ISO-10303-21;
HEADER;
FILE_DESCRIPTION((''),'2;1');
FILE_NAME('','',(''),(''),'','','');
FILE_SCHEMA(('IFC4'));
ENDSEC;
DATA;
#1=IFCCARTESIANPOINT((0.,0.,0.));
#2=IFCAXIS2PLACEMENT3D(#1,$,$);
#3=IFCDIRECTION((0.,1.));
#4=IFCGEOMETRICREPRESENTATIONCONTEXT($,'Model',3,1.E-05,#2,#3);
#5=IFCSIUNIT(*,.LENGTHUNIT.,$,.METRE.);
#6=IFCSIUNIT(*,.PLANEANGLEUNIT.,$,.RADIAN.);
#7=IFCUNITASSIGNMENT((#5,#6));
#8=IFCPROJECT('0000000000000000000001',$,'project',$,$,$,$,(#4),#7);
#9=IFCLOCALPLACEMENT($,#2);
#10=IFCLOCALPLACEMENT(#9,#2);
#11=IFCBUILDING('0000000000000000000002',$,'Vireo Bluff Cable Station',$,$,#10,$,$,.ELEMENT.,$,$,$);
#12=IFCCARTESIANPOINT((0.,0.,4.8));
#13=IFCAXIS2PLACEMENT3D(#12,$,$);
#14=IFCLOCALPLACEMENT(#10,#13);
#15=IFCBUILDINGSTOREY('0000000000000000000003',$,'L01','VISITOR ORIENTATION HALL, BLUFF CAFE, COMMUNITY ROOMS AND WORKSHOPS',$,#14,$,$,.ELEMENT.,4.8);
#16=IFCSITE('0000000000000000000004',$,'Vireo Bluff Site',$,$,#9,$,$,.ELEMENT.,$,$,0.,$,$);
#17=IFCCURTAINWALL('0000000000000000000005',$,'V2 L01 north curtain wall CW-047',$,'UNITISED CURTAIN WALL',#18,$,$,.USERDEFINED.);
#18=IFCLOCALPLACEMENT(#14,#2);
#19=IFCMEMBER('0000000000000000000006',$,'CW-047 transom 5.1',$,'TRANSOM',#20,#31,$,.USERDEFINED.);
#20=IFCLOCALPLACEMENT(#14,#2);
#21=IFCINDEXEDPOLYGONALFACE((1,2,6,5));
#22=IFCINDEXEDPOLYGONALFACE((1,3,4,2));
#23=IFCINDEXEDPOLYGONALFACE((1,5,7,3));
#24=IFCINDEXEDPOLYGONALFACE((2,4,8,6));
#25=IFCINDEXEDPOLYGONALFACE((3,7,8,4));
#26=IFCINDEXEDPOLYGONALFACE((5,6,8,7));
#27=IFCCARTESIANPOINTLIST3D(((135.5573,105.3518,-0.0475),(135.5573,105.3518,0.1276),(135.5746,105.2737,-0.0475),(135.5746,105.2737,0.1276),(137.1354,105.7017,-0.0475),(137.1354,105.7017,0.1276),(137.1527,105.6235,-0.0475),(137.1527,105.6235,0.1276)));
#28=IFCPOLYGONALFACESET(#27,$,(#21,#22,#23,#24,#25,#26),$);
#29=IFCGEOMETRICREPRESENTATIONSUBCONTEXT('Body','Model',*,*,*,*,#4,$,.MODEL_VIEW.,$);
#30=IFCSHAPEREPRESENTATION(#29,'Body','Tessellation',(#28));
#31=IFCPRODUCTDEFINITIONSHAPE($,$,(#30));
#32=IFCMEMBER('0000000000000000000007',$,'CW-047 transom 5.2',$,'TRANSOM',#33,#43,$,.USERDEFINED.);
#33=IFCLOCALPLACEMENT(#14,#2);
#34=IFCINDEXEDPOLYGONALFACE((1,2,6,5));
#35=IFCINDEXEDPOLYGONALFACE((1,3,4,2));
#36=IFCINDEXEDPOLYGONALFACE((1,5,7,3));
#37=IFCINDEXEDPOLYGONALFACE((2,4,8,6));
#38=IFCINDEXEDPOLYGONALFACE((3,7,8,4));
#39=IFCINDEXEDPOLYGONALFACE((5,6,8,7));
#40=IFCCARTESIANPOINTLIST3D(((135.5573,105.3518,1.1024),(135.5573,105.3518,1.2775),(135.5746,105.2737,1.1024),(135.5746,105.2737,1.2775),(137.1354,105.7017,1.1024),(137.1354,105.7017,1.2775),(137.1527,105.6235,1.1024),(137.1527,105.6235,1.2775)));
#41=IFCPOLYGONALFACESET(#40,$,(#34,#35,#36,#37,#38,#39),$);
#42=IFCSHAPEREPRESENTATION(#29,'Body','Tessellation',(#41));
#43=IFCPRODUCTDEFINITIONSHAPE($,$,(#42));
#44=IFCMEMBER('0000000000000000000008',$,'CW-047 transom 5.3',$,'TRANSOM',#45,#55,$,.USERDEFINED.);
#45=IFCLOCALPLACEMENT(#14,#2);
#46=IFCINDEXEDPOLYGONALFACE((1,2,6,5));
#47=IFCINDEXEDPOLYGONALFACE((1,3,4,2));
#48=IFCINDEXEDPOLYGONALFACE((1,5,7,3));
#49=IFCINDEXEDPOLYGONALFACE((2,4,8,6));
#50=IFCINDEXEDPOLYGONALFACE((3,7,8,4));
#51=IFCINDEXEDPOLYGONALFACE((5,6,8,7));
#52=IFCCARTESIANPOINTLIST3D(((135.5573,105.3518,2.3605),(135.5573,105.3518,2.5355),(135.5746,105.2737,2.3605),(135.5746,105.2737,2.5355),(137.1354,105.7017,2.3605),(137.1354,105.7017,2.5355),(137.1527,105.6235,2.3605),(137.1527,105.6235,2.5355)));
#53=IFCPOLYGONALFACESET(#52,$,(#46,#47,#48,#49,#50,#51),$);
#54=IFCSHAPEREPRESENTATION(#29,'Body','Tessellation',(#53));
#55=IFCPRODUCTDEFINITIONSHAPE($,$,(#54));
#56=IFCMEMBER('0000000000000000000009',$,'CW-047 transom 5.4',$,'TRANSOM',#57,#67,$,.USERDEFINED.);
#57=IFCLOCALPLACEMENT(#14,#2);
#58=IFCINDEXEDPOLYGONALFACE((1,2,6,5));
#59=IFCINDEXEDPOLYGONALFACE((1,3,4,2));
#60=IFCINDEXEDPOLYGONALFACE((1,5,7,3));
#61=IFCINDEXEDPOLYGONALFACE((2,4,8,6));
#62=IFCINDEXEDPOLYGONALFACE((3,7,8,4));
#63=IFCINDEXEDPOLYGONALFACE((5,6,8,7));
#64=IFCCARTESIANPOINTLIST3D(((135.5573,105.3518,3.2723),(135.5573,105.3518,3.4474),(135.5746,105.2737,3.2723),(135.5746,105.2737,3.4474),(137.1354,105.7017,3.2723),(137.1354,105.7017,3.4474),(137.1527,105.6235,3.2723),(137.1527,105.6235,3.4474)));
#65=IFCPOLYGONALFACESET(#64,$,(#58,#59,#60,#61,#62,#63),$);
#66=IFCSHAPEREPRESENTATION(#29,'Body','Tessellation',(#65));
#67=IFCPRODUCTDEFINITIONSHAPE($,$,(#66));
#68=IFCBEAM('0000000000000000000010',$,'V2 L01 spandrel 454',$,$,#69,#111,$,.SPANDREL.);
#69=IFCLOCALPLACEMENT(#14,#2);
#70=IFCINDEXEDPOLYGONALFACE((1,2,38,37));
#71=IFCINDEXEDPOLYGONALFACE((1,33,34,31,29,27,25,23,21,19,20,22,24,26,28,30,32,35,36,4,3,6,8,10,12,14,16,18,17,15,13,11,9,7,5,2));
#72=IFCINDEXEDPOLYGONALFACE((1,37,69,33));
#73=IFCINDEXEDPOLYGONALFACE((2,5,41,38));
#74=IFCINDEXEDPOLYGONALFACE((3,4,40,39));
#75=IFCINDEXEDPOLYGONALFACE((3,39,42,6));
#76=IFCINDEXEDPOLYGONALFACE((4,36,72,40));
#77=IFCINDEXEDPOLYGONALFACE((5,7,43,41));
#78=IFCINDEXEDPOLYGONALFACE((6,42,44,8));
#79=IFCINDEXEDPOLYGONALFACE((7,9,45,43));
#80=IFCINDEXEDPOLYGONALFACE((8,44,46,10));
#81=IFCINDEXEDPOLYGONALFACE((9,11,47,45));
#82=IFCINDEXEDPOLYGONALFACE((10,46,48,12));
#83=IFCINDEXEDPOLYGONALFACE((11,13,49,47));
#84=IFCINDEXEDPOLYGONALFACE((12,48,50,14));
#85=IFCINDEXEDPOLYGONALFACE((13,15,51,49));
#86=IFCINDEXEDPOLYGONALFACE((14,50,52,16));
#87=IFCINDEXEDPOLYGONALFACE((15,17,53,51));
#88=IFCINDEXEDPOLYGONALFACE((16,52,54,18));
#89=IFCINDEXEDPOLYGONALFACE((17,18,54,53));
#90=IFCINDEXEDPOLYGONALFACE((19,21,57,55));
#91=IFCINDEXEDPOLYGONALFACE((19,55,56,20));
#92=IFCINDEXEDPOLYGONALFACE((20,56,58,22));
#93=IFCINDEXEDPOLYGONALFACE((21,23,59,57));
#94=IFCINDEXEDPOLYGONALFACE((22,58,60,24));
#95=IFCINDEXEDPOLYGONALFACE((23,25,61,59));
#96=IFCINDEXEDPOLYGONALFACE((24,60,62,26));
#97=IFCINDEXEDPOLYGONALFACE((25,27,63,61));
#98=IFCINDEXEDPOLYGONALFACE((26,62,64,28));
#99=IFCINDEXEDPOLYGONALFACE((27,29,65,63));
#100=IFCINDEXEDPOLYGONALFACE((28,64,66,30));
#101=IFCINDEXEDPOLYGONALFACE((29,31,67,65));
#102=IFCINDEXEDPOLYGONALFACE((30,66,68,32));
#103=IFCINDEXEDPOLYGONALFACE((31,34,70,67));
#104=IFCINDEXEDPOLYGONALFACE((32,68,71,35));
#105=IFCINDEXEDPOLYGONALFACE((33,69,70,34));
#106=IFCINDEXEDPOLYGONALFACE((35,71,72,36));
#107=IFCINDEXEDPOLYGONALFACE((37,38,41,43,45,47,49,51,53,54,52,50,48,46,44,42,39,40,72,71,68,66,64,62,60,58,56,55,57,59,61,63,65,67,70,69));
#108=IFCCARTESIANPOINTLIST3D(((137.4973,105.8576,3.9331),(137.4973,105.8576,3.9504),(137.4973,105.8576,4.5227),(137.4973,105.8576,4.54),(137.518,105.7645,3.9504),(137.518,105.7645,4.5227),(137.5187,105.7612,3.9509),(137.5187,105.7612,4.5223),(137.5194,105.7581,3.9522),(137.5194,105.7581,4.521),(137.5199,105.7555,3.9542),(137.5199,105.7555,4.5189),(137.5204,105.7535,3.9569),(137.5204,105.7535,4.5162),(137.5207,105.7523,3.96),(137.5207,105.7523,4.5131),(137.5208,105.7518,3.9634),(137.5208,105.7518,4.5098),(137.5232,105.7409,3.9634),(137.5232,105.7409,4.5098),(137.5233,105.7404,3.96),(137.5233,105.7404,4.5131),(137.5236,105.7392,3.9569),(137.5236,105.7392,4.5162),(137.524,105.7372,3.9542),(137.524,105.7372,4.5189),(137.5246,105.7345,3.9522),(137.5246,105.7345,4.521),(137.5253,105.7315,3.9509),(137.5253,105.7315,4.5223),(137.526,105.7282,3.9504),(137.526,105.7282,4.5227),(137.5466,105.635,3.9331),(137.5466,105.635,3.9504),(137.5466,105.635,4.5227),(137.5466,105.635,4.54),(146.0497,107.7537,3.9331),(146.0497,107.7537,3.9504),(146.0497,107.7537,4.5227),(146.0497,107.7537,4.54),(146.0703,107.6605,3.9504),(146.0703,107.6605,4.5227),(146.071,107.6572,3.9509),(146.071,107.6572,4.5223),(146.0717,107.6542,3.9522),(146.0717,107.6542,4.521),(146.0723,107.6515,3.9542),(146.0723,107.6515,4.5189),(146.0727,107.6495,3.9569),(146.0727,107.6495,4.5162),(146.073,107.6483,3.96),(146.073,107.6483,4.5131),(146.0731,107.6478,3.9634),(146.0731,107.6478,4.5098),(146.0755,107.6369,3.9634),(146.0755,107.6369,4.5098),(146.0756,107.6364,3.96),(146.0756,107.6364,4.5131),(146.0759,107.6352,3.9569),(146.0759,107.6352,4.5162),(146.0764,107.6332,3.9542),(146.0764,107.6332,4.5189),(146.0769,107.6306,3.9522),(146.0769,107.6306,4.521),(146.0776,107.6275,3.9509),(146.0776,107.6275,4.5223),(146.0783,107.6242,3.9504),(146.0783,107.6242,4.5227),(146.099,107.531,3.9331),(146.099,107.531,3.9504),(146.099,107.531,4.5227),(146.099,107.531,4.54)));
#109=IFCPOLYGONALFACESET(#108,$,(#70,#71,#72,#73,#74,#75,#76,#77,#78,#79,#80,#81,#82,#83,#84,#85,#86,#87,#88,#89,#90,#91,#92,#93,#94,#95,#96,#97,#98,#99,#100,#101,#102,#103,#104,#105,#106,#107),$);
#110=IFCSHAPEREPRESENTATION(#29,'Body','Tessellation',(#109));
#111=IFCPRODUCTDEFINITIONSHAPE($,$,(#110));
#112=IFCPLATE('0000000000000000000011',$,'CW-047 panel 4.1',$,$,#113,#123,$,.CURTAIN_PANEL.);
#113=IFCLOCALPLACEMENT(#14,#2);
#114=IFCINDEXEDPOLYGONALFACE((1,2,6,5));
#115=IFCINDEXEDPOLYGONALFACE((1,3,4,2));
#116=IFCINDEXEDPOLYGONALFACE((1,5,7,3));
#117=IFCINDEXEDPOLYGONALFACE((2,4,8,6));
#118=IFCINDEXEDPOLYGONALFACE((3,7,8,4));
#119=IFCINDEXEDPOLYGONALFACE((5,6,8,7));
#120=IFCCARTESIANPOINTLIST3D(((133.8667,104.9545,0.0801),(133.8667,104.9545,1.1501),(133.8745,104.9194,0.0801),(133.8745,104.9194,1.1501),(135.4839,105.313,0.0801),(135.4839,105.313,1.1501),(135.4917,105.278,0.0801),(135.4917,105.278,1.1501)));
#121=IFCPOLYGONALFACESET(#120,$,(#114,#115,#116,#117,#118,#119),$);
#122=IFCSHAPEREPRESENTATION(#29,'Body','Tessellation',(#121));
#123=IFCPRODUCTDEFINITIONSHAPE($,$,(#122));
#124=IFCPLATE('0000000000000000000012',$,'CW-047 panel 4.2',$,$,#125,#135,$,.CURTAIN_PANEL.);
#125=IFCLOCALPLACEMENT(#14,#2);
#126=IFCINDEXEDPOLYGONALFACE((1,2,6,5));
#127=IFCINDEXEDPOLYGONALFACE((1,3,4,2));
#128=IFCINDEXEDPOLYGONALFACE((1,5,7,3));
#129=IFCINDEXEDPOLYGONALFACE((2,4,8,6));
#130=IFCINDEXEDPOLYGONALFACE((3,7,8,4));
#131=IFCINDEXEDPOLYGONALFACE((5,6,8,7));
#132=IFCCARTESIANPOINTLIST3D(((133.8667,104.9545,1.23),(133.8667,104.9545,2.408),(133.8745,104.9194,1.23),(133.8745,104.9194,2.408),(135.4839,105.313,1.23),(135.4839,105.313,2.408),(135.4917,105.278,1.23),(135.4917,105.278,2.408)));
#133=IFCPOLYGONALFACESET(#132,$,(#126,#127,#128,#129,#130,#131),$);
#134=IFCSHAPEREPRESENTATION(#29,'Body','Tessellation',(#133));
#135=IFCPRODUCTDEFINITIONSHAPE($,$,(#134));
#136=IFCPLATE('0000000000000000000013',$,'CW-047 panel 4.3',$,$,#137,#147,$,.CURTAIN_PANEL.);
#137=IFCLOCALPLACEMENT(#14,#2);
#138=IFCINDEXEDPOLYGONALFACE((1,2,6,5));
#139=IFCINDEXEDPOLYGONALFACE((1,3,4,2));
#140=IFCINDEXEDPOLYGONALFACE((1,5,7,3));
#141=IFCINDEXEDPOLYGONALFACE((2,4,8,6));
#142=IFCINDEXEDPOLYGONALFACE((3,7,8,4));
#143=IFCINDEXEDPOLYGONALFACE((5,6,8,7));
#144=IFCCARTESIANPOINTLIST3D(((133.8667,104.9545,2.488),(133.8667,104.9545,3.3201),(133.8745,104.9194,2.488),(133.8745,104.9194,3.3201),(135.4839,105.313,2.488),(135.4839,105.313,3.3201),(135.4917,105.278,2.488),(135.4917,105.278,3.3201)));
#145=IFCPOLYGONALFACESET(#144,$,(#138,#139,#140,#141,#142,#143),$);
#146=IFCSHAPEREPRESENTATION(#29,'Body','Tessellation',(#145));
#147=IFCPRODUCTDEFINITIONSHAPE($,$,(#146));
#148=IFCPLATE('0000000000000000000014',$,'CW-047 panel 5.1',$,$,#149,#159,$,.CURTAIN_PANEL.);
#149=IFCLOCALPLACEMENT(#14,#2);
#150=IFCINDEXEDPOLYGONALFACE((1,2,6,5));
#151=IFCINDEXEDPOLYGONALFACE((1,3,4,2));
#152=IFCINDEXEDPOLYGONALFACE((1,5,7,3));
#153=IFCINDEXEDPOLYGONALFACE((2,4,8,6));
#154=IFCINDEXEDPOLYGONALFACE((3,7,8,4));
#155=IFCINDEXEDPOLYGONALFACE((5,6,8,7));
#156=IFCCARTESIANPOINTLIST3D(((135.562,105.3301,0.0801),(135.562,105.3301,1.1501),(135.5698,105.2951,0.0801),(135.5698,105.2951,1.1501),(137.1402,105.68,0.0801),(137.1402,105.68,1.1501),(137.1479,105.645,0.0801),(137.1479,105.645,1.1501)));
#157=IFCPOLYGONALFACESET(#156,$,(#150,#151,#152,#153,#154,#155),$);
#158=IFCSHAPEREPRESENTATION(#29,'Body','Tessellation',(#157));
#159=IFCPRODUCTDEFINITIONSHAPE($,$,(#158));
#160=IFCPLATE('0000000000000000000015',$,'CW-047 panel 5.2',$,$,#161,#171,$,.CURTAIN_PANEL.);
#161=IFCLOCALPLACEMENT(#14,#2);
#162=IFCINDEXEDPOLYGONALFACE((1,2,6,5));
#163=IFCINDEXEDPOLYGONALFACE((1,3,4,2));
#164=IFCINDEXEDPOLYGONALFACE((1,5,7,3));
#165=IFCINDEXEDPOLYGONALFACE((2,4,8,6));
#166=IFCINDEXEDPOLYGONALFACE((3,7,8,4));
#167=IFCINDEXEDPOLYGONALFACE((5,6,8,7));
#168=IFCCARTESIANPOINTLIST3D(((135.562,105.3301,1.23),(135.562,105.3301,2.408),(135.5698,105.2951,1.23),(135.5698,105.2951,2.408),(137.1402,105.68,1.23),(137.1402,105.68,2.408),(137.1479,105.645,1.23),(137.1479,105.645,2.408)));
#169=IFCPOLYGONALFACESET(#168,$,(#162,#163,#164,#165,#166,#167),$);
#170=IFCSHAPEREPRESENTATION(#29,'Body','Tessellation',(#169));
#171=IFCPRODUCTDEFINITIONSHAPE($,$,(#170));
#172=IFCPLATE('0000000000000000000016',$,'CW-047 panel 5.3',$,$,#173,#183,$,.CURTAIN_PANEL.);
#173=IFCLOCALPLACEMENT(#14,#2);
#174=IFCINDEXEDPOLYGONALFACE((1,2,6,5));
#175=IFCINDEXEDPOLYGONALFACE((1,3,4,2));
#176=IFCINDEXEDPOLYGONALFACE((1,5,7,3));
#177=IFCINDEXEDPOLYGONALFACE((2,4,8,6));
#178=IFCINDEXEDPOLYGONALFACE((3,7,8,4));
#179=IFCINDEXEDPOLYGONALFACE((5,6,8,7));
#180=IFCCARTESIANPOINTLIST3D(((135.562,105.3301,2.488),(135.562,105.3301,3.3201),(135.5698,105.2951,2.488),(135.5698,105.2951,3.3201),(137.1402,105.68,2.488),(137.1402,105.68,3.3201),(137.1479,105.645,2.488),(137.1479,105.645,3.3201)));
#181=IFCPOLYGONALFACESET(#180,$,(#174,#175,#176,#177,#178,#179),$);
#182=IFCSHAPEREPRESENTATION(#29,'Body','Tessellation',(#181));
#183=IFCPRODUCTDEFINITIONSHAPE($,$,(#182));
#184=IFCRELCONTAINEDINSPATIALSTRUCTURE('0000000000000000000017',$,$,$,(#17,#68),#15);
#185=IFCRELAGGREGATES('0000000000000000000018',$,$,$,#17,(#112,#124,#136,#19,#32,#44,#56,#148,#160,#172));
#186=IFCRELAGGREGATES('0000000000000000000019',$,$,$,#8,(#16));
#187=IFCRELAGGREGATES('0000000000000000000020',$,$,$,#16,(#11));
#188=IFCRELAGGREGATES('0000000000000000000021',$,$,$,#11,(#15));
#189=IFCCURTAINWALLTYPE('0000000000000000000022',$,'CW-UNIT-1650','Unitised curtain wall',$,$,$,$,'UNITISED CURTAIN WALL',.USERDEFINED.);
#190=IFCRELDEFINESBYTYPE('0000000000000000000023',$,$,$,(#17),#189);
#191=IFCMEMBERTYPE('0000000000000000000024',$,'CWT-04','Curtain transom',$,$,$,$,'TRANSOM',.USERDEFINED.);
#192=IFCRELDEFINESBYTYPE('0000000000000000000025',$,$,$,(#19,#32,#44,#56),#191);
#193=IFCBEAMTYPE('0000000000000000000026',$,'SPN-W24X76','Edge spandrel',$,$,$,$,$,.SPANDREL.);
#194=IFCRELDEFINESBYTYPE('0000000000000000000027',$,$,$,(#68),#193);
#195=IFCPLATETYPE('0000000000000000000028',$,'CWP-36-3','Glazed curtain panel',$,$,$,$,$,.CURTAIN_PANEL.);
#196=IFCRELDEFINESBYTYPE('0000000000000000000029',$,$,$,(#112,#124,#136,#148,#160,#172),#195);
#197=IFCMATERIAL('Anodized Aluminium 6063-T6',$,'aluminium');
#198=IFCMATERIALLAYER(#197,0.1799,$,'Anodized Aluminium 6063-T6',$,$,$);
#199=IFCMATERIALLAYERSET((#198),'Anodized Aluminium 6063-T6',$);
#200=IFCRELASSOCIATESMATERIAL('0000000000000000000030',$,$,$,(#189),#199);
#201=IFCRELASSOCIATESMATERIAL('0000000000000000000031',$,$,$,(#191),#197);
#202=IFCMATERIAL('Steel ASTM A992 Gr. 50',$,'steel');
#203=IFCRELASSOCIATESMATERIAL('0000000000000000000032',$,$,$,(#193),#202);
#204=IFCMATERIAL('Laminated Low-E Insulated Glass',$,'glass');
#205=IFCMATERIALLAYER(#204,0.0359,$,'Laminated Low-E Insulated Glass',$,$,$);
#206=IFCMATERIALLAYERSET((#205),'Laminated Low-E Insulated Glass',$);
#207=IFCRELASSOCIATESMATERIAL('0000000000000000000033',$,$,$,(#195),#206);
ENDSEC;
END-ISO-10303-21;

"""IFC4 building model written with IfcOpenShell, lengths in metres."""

from ifc_helpers import new_model, si_unit, direction, frame, origin, origin_2d, place, context, subcontext, project, spatial, rectangle, i_section, extrude, material, layer, layer_set, material_profile, profile_set, type_object, element, aggregate, save


model = new_model("IFC4")

# Units and contexts
model_context = context("Model", 3, precision=1e-05, world=origin(), true_north=direction((0.0, 1.0)))
body_context = subcontext(model_context, "Body", "Model", "MODEL_VIEW")
ifc_project = project(units=[si_unit("LENGTHUNIT", "METRE"), si_unit("PLANEANGLEUNIT", "RADIAN")], contexts=[model_context])

# Site, building, storey
site_placement = place(None, origin())
site = spatial("IfcSite", under=ifc_project, at=site_placement, Name="Vireo Bluff Site", CompositionType="ELEMENT", RefElevation=0.0)
building_placement = place(site_placement, origin())
building = spatial("IfcBuilding", under=site, at=building_placement, Name="Vireo Bluff Cable Station", CompositionType="ELEMENT")
storey_placement = place(building_placement, frame((0.0, 0.0, 4.8)))
storey = spatial("IfcBuildingStorey", under=building, at=storey_placement, Name="L01", Description="VISITOR ORIENTATION HALL, BLUFF CAFE, COMMUNITY ROOMS AND WORKSHOPS", CompositionType="ELEMENT", Elevation=4.8)

# Shared definitions
ifc_material_1 = material(Name="Steel ASTM A992 Gr. 50", Category="steel")

# Curtain wall, members
ifc_material_2 = material(Name="Anodized Aluminium 6063-T6", Category="aluminium")
ifc_layer_1 = layer(ifc_material_2, 0.1799, Name="Anodized Aluminium 6063-T6")
ifc_layer_set_1 = layer_set([ifc_layer_1], Name="Anodized Aluminium 6063-T6")
curtain_wall_type = type_object("IfcCurtainWallType", Name="CW-UNIT-1650", Description="Unitised curtain wall", ElementType="UNITISED CURTAIN WALL", PredefinedType="USERDEFINED", material=ifc_layer_set_1)
curtain_wall_placement = place(storey_placement, origin())
curtain_wall = element("IfcCurtainWall", 1, at=curtain_wall_placement, inside=storey, type_object=curtain_wall_type, Name="V2 L01 north curtain wall CW-047", ObjectType="UNITISED CURTAIN WALL", PredefinedType="USERDEFINED")
ifc_material_profile_1 = material_profile(ifc_material_2, rectangle(XDim=0.0801, YDim=0.175, at=origin_2d()), Name="ALU-T-80X175")
ifc_profile_set_1 = profile_set([ifc_material_profile_1], Name="Anodized Aluminium 6063-T6")
member_type_1 = type_object("IfcMemberType", Name="CWT-04", Description="Curtain transom", ElementType="TRANSOM", PredefinedType="USERDEFINED", material=ifc_profile_set_1)
member_1_placement = place(storey_placement, frame((135.5659, 105.3127, 0.04), z_axis=(0.976297, 0.216435, 0.0), x_axis=(-0.216435, 0.976297, 0.0)))
member_1 = element("IfcMember", 2, at=member_1_placement, type_object=member_type_1, Name="CW-047 transom 5.1", ObjectType="TRANSOM", PredefinedType="USERDEFINED", context=body_context, shape_type="SweptSolid", body=[
    extrude(rectangle(XDim=0.0801, YDim=0.175, at=origin_2d()), origin(), (0.0, 0.0, 1.0), 1.6165),
])
member_2_placement = place(storey_placement, frame((135.5659, 105.3127, 1.1899), z_axis=(0.976297, 0.216435, 0.0), x_axis=(-0.216435, 0.976297, 0.0)))
member_2 = element("IfcMember", 3, at=member_2_placement, type_object=member_type_1, Name="CW-047 transom 5.2", ObjectType="TRANSOM", PredefinedType="USERDEFINED", context=body_context, shape_type="SweptSolid", body=[
    extrude(rectangle(XDim=0.0801, YDim=0.175, at=origin_2d()), origin(), (0.0, 0.0, 1.0), 1.6165),
])
member_3_placement = place(storey_placement, frame((135.5659, 105.3127, 2.448), z_axis=(0.976297, 0.216435, 0.0), x_axis=(-0.216435, 0.976297, 0.0)))
member_3 = element("IfcMember", 4, at=member_3_placement, type_object=member_type_1, Name="CW-047 transom 5.3", ObjectType="TRANSOM", PredefinedType="USERDEFINED", context=body_context, shape_type="SweptSolid", body=[
    extrude(rectangle(XDim=0.0801, YDim=0.175, at=origin_2d()), origin(), (0.0, 0.0, 1.0), 1.6165),
])
member_4_placement = place(storey_placement, frame((135.5659, 105.3127, 3.3599), z_axis=(0.976297, 0.216435, 0.0), x_axis=(-0.216435, 0.976297, 0.0)))
member_4 = element("IfcMember", 5, at=member_4_placement, type_object=member_type_1, Name="CW-047 transom 5.4", ObjectType="TRANSOM", PredefinedType="USERDEFINED", context=body_context, shape_type="SweptSolid", body=[
    extrude(rectangle(XDim=0.0801, YDim=0.175, at=origin_2d()), origin(), (0.0, 0.0, 1.0), 1.6165),
])

# Beam
ifc_material_profile_2 = material_profile(ifc_material_1, i_section(OverallWidth=0.228, OverallDepth=0.6069, WebThickness=0.0112, FlangeThickness=0.0173, FilletRadius=0.0129, at=origin_2d()), Name="W24X76")
ifc_profile_set_2 = profile_set([ifc_material_profile_2], Name="Steel ASTM A992 Gr. 50")
beam_type = type_object("IfcBeamType", Name="SPN-W24X76", Description="Edge spandrel", PredefinedType="SPANDREL", material=ifc_profile_set_2)
beam_placement = place(storey_placement, frame((137.522, 105.7463, 4.2366), z_axis=(0.976296, 0.216441, 0.0), x_axis=(-0.216441, 0.976296, 0.0)))
element("IfcBeam", 6, at=beam_placement, inside=storey, type_object=beam_type, Name="V2 L01 spandrel 454", PredefinedType="SPANDREL", context=body_context, shape_type="SweptSolid", body=[
    extrude(i_section(OverallWidth=0.228, OverallDepth=0.6069, WebThickness=0.0112, FlangeThickness=0.0173, FilletRadius=0.0129, at=origin_2d()), origin(), (0.0, 0.0, 1.0), 8.76),
])

# Plates
ifc_material_3 = material(Name="Laminated Low-E Insulated Glass", Category="glass")
ifc_layer_2 = layer(ifc_material_3, 0.0359, Name="Laminated Low-E Insulated Glass")
ifc_layer_set_2 = layer_set([ifc_layer_2], Name="Laminated Low-E Insulated Glass")
plate_type_1 = type_object("IfcPlateType", Name="CWP-36-3", Description="Glazed curtain panel", PredefinedType="CURTAIN_PANEL", material=ifc_layer_set_2)
plate_1_placement = place(storey_placement, frame((134.6792, 105.1162, 0.0801), z_axis=(0.0, 0.0, 1.0), x_axis=(0.976296, 0.21644, 0.0)))
plate_1 = element("IfcPlate", 7, at=plate_1_placement, type_object=plate_type_1, Name="CW-047 panel 4.1", PredefinedType="CURTAIN_PANEL", context=body_context, shape_type="SweptSolid", body=[
    extrude(rectangle(XDim=1.6565, YDim=0.0359, at=origin_2d()), origin(), (0.0, 0.0, 1.0), 1.0701),
])
plate_2_placement = place(storey_placement, frame((134.6792, 105.1162, 1.23), z_axis=(0.0, 0.0, 1.0), x_axis=(0.976296, 0.21644, 0.0)))
plate_2 = element("IfcPlate", 8, at=plate_2_placement, type_object=plate_type_1, Name="CW-047 panel 4.2", PredefinedType="CURTAIN_PANEL", context=body_context, shape_type="SweptSolid", body=[
    extrude(rectangle(XDim=1.6565, YDim=0.0359, at=origin_2d()), origin(), (0.0, 0.0, 1.0), 1.178),
])
plate_3_placement = place(storey_placement, frame((134.6792, 105.1162, 2.488), z_axis=(0.0, 0.0, 1.0), x_axis=(0.976296, 0.21644, 0.0)))
plate_3 = element("IfcPlate", 9, at=plate_3_placement, type_object=plate_type_1, Name="CW-047 panel 4.3", PredefinedType="CURTAIN_PANEL", context=body_context, shape_type="SweptSolid", body=[
    extrude(rectangle(XDim=1.6565, YDim=0.0359, at=origin_2d()), origin(), (0.0, 0.0, 1.0), 0.832),
])
plate_4_placement = place(storey_placement, frame((136.355, 105.4875, 0.0801), z_axis=(0.0, 0.0, 1.0), x_axis=(0.976296, 0.21644, 0.0)))
plate_4 = element("IfcPlate", 10, at=plate_4_placement, type_object=plate_type_1, Name="CW-047 panel 5.1", PredefinedType="CURTAIN_PANEL", context=body_context, shape_type="SweptSolid", body=[
    extrude(rectangle(XDim=1.6165, YDim=0.0359, at=origin_2d()), origin(), (0.0, 0.0, 1.0), 1.0701),
])
plate_5_placement = place(storey_placement, frame((136.355, 105.4875, 1.23), z_axis=(0.0, 0.0, 1.0), x_axis=(0.976296, 0.21644, 0.0)))
plate_5 = element("IfcPlate", 11, at=plate_5_placement, type_object=plate_type_1, Name="CW-047 panel 5.2", PredefinedType="CURTAIN_PANEL", context=body_context, shape_type="SweptSolid", body=[
    extrude(rectangle(XDim=1.6165, YDim=0.0359, at=origin_2d()), origin(), (0.0, 0.0, 1.0), 1.178),
])
plate_6_placement = place(storey_placement, frame((136.355, 105.4875, 2.488), z_axis=(0.0, 0.0, 1.0), x_axis=(0.976296, 0.21644, 0.0)))
plate_6 = element("IfcPlate", 12, at=plate_6_placement, type_object=plate_type_1, Name="CW-047 panel 5.3", PredefinedType="CURTAIN_PANEL", context=body_context, shape_type="SweptSolid", body=[
    extrude(rectangle(XDim=1.6165, YDim=0.0359, at=origin_2d()), origin(), (0.0, 0.0, 1.0), 0.832),
])
aggregate(curtain_wall, [plate_1, plate_2, plate_3, member_1, member_2, member_3, member_4, plate_4, plate_5, plate_6])

save(model, "model.ifc")
